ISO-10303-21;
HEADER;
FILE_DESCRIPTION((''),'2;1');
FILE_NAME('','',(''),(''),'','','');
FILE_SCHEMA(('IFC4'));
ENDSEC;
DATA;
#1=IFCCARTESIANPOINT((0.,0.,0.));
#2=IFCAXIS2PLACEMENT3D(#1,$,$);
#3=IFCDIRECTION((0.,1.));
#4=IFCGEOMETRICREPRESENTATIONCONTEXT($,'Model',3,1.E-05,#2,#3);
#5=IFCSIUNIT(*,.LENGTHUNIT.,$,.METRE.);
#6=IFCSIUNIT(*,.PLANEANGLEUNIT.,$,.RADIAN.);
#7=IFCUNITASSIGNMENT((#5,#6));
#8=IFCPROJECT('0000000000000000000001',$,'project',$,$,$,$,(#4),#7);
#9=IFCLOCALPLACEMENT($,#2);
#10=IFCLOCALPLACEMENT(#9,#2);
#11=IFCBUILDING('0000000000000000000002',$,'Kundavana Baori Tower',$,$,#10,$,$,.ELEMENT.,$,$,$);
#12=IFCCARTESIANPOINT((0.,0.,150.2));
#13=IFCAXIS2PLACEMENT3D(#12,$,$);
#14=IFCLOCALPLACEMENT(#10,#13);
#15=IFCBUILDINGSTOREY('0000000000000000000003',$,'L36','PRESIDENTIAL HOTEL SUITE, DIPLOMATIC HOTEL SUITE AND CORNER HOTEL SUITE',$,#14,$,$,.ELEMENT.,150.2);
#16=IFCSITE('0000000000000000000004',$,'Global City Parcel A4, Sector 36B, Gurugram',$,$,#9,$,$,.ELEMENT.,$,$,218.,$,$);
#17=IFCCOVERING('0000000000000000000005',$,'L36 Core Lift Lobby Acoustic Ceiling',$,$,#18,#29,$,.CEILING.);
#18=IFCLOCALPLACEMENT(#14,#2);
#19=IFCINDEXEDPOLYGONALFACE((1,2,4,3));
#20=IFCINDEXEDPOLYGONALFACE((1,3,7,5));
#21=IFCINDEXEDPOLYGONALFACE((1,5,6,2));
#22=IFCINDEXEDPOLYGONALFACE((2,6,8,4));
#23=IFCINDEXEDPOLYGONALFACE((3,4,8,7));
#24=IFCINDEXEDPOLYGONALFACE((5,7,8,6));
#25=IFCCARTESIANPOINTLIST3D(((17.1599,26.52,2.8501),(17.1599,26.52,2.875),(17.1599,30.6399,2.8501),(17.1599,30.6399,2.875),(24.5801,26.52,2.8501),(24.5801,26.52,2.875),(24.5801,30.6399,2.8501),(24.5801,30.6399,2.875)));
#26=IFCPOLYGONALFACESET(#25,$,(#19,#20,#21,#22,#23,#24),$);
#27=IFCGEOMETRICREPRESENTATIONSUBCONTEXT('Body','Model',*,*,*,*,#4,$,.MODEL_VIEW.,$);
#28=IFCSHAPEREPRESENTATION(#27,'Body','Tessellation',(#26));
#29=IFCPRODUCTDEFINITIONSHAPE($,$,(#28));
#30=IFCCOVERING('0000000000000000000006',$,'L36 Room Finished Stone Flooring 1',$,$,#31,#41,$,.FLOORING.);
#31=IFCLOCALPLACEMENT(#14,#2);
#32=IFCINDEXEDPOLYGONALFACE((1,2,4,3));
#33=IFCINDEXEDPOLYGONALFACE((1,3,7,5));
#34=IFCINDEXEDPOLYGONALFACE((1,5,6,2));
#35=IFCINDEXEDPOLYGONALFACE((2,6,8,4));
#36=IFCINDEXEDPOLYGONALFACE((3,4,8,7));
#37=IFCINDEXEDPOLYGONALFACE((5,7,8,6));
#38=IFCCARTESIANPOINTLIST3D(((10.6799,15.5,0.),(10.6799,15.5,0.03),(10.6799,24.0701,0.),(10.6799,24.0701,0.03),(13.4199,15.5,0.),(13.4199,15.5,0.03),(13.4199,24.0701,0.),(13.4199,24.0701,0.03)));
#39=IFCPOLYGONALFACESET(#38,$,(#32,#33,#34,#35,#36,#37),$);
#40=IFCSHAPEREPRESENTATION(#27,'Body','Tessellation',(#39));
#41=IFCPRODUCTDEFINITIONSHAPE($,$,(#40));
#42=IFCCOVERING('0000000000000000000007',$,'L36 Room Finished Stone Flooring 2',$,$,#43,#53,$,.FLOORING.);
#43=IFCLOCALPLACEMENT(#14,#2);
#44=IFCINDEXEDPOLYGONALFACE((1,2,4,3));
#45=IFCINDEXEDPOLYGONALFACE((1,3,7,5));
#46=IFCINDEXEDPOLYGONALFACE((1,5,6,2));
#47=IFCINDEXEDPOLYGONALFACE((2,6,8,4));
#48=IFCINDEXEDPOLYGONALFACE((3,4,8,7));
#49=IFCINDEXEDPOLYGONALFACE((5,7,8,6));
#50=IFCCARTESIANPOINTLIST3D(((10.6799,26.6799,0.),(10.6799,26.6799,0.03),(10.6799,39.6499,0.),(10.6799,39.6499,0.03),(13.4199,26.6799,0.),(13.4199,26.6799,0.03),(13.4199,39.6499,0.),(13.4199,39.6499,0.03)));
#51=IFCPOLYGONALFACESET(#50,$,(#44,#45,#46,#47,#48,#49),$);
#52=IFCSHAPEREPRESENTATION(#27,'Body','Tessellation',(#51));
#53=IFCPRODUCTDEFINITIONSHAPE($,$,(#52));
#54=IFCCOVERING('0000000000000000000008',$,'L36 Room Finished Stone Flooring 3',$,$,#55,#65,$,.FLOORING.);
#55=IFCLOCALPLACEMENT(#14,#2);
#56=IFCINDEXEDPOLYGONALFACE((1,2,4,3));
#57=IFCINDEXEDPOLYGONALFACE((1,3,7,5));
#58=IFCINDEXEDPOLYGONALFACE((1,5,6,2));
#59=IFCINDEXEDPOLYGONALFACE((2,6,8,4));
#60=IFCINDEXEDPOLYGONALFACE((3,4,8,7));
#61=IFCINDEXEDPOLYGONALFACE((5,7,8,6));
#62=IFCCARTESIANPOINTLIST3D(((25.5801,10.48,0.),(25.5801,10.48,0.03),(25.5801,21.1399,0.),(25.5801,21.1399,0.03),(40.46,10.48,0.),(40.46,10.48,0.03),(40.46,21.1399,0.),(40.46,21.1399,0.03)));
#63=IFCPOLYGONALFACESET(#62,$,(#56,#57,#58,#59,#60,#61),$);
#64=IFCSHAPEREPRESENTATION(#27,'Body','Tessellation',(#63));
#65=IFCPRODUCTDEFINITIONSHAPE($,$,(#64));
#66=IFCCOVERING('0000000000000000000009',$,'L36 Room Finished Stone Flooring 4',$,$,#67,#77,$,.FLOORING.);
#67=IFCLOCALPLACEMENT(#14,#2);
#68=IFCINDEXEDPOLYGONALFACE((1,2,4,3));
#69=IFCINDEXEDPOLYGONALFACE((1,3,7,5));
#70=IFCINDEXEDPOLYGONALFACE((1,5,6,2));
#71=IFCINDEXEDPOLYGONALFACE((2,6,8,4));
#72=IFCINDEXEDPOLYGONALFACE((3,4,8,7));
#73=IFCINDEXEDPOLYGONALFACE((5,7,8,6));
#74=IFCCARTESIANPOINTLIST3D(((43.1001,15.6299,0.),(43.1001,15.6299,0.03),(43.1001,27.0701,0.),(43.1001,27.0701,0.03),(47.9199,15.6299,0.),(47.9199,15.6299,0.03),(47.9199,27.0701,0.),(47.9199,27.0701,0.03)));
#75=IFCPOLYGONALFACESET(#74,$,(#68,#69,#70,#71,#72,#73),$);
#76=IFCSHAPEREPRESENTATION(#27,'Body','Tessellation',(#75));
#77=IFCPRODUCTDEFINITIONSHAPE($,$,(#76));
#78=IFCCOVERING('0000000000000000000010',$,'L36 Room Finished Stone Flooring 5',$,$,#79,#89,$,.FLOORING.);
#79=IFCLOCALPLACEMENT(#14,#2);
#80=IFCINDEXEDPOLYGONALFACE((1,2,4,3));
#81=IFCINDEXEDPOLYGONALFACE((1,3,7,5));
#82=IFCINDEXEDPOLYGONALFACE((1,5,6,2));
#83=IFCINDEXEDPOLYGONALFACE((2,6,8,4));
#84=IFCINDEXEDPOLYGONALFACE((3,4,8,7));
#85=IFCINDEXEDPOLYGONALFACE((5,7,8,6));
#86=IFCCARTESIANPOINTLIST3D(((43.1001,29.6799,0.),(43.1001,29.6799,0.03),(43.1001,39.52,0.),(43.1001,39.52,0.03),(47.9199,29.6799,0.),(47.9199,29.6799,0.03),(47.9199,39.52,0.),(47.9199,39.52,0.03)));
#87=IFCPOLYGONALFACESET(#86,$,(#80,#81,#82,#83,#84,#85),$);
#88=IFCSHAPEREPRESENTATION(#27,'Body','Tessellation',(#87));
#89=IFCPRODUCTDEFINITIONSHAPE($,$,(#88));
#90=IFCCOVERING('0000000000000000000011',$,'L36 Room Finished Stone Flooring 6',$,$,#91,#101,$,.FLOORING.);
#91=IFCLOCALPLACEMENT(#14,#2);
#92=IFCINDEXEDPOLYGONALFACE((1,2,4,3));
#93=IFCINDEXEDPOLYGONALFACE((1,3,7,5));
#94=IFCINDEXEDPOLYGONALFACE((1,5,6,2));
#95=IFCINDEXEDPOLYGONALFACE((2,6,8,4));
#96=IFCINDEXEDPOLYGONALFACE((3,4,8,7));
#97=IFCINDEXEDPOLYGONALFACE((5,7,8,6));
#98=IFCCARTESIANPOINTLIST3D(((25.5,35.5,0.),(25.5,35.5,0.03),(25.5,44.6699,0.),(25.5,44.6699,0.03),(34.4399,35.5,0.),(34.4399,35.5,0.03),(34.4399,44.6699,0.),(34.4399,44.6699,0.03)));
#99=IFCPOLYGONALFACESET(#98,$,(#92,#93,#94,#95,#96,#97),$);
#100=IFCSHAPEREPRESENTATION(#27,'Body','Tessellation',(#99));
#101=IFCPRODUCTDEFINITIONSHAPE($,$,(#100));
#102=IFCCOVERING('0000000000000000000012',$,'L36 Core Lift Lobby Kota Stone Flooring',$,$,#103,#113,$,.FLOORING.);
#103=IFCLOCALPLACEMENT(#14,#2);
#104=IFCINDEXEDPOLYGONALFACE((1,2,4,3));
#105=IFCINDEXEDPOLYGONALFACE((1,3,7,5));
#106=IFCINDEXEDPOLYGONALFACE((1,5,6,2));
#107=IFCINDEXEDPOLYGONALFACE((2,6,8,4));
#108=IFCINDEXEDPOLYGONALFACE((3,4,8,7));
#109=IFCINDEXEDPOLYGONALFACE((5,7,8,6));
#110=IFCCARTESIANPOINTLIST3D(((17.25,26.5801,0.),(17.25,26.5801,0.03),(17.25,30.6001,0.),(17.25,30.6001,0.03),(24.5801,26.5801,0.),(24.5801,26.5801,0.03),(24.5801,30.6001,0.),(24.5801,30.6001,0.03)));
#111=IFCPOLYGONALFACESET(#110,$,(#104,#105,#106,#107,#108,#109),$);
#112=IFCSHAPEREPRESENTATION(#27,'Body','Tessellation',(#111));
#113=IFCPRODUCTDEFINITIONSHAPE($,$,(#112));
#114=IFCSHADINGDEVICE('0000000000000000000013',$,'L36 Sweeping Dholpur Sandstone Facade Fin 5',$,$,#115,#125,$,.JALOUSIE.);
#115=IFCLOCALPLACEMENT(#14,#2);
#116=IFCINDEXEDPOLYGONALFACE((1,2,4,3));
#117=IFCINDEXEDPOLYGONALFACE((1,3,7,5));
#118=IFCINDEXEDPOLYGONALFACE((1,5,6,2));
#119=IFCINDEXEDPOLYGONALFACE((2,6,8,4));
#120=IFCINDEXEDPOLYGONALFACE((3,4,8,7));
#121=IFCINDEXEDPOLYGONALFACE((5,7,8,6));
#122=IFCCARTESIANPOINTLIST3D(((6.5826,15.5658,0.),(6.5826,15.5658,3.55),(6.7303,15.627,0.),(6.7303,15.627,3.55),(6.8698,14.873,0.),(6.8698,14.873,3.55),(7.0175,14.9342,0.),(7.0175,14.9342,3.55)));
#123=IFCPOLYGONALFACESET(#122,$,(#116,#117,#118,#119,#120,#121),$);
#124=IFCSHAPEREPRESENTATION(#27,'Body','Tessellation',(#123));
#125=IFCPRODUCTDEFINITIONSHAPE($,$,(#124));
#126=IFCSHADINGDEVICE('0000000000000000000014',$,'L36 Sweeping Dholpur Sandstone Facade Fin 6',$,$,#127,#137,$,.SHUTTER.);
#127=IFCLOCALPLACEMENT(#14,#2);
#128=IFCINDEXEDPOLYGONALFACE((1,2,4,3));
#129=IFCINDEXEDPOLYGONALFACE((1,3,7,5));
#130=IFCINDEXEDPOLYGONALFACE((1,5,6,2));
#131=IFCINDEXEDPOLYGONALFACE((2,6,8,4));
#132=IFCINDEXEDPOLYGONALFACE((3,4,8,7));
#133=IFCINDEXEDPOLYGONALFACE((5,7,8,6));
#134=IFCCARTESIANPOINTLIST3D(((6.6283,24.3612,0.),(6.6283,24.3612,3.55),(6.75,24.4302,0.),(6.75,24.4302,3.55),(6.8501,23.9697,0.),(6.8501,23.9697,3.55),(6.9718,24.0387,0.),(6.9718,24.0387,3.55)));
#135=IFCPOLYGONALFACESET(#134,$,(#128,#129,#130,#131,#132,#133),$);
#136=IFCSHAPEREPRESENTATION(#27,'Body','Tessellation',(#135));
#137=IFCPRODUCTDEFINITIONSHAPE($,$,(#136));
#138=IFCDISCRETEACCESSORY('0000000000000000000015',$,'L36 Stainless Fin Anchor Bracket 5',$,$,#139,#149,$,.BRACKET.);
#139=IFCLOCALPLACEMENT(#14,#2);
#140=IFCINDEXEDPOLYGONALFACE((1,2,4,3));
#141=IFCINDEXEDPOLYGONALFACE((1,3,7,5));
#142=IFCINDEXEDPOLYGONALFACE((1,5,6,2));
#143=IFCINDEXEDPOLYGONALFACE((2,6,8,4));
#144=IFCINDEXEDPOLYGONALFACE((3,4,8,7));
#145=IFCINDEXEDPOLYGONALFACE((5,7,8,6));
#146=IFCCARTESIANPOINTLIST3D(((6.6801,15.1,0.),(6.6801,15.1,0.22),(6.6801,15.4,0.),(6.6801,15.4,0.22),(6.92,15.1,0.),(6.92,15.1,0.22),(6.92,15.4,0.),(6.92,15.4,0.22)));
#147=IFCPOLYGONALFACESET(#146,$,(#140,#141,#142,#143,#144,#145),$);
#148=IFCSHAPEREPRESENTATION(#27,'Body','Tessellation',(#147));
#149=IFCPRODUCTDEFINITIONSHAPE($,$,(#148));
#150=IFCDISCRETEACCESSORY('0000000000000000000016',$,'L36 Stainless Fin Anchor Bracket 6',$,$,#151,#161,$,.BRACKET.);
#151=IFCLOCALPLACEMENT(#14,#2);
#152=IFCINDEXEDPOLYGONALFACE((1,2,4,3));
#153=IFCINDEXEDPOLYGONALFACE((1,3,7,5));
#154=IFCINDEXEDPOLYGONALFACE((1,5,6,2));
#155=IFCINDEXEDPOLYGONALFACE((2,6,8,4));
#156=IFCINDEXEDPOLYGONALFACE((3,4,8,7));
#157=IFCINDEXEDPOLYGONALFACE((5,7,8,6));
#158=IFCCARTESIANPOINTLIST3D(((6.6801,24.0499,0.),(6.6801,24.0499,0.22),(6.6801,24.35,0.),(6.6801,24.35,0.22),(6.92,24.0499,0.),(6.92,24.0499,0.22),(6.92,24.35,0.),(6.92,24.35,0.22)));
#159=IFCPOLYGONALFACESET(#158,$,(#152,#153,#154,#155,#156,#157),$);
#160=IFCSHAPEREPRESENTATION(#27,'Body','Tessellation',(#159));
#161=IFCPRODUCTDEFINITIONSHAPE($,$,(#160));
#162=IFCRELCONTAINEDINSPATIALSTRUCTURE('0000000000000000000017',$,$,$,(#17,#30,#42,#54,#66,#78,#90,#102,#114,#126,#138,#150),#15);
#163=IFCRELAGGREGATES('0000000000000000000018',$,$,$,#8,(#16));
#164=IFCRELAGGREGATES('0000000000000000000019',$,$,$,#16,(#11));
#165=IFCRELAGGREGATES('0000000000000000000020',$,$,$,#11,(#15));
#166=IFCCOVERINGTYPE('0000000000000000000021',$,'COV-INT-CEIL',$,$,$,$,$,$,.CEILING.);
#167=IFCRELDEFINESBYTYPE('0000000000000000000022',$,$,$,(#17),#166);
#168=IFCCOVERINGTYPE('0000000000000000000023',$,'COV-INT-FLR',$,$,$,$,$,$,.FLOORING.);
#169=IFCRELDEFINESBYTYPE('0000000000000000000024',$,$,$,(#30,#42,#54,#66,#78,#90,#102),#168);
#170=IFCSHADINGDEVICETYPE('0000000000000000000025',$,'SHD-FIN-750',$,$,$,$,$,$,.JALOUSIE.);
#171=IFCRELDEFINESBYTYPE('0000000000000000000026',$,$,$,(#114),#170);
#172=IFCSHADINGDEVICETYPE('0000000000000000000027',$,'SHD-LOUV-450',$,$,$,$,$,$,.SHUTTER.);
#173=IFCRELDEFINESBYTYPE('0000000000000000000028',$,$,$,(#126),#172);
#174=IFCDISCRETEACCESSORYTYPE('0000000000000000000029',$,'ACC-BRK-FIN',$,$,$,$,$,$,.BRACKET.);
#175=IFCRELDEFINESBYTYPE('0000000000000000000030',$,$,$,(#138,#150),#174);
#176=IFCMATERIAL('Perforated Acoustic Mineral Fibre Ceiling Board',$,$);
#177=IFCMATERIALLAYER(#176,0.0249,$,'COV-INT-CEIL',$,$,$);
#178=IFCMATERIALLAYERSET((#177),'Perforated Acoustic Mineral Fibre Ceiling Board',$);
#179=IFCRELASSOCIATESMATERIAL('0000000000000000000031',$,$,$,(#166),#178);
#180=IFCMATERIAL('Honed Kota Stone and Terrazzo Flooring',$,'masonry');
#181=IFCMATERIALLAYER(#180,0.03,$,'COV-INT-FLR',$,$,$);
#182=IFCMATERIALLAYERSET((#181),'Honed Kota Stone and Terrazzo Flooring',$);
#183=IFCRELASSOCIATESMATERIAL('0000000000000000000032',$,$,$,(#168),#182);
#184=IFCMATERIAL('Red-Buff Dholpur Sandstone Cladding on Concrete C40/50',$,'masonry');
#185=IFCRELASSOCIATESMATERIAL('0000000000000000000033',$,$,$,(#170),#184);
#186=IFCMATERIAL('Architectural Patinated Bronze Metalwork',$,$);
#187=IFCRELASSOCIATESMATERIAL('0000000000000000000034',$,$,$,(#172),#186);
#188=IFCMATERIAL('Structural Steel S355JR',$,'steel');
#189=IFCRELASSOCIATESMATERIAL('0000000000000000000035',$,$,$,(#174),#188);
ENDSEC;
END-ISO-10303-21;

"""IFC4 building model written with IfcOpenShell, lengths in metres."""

from ifc_helpers import new_model, si_unit, direction, frame, origin, origin_2d, place, context, subcontext, project, spatial, polyline, rectangle, outline, extrude, material, layer, layer_set, type_object, element, save


model = new_model("IFC4")

# Units and contexts
model_context = context("Model", 3, precision=1e-05, world=origin(), true_north=direction((0.0, 1.0)))
body_context = subcontext(model_context, "Body", "Model", "MODEL_VIEW")
ifc_project = project(units=[si_unit("LENGTHUNIT", "METRE"), si_unit("PLANEANGLEUNIT", "RADIAN")], contexts=[model_context])

# Site, building, storey
site_placement = place(None, origin())
site = spatial("IfcSite", under=ifc_project, at=site_placement, Name="Global City Parcel A4, Sector 36B, Gurugram", CompositionType="ELEMENT", RefElevation=218.0)
building_placement = place(site_placement, origin())
building = spatial("IfcBuilding", under=site, at=building_placement, Name="Kundavana Baori Tower", CompositionType="ELEMENT")
storey_placement = place(building_placement, frame((0.0, 0.0, 150.2)))
storey = spatial("IfcBuildingStorey", under=building, at=storey_placement, Name="L36", Description="PRESIDENTIAL HOTEL SUITE, DIPLOMATIC HOTEL SUITE AND CORNER HOTEL SUITE", CompositionType="ELEMENT", Elevation=150.2)

# Coverings
ifc_material_1 = material(Name="Perforated Acoustic Mineral Fibre Ceiling Board")
ifc_layer_1 = layer(ifc_material_1, 0.0249, Name="COV-INT-CEIL")
ifc_layer_set_1 = layer_set([ifc_layer_1], Name="Perforated Acoustic Mineral Fibre Ceiling Board")
covering_type_1 = type_object("IfcCoveringType", Name="COV-INT-CEIL", PredefinedType="CEILING", material=ifc_layer_set_1)
covering_1_placement = place(storey_placement, frame((0.0, 0.0, 2.8501)))
element("IfcCovering", 1, at=covering_1_placement, inside=storey, type_object=covering_type_1, Name="L36 Core Lift Lobby Acoustic Ceiling", PredefinedType="CEILING", context=body_context, shape_type="SweptSolid", body=[
    extrude(outline(polyline([(17.1599, 26.52), (24.5801, 26.52), (24.5801, 30.6399), (17.1599, 30.6399), (17.1599, 26.52)])), origin(), (0.0, 0.0, 1.0), 0.0249),
])
ifc_material_2 = material(Name="Honed Kota Stone and Terrazzo Flooring", Category="masonry")
ifc_layer_2 = layer(ifc_material_2, 0.03, Name="COV-INT-FLR")
ifc_layer_set_2 = layer_set([ifc_layer_2], Name="Honed Kota Stone and Terrazzo Flooring")
covering_type_2 = type_object("IfcCoveringType", Name="COV-INT-FLR", PredefinedType="FLOORING", material=ifc_layer_set_2)
covering_2_placement = place(storey_placement, origin())
element("IfcCovering", 2, at=covering_2_placement, inside=storey, type_object=covering_type_2, Name="L36 Room Finished Stone Flooring 1", PredefinedType="FLOORING", context=body_context, shape_type="SweptSolid", body=[
    extrude(outline(polyline([(10.6799, 15.5), (13.4199, 15.5), (13.4199, 24.0701), (10.6799, 24.0701), (10.6799, 15.5)])), origin(), (0.0, 0.0, 1.0), 0.03),
])
covering_3_placement = place(storey_placement, origin())
element("IfcCovering", 3, at=covering_3_placement, inside=storey, type_object=covering_type_2, Name="L36 Room Finished Stone Flooring 2", PredefinedType="FLOORING", context=body_context, shape_type="SweptSolid", body=[
    extrude(outline(polyline([(10.6799, 26.6799), (13.4199, 26.6799), (13.4199, 39.6499), (10.6799, 39.6499), (10.6799, 26.6799)])), origin(), (0.0, 0.0, 1.0), 0.03),
])
covering_4_placement = place(storey_placement, origin())
element("IfcCovering", 4, at=covering_4_placement, inside=storey, type_object=covering_type_2, Name="L36 Room Finished Stone Flooring 3", PredefinedType="FLOORING", context=body_context, shape_type="SweptSolid", body=[
    extrude(outline(polyline([(25.5801, 10.48), (40.46, 10.48), (40.46, 21.1399), (25.5801, 21.1399), (25.5801, 10.48)])), origin(), (0.0, 0.0, 1.0), 0.03),
])
covering_5_placement = place(storey_placement, origin())
element("IfcCovering", 5, at=covering_5_placement, inside=storey, type_object=covering_type_2, Name="L36 Room Finished Stone Flooring 4", PredefinedType="FLOORING", context=body_context, shape_type="SweptSolid", body=[
    extrude(outline(polyline([(43.1001, 15.6299), (47.9199, 15.6299), (47.9199, 27.0701), (43.1001, 27.0701), (43.1001, 15.6299)])), origin(), (0.0, 0.0, 1.0), 0.03),
])
covering_6_placement = place(storey_placement, origin())
element("IfcCovering", 6, at=covering_6_placement, inside=storey, type_object=covering_type_2, Name="L36 Room Finished Stone Flooring 5", PredefinedType="FLOORING", context=body_context, shape_type="SweptSolid", body=[
    extrude(outline(polyline([(43.1001, 29.6799), (47.9199, 29.6799), (47.9199, 39.52), (43.1001, 39.52), (43.1001, 29.6799)])), origin(), (0.0, 0.0, 1.0), 0.03),
])
covering_7_placement = place(storey_placement, origin())
element("IfcCovering", 7, at=covering_7_placement, inside=storey, type_object=covering_type_2, Name="L36 Room Finished Stone Flooring 6", PredefinedType="FLOORING", context=body_context, shape_type="SweptSolid", body=[
    extrude(outline(polyline([(25.5, 35.5), (34.4399, 35.5), (34.4399, 44.6699), (25.5, 44.6699), (25.5, 35.5)])), origin(), (0.0, 0.0, 1.0), 0.03),
])
covering_8_placement = place(storey_placement, origin())
element("IfcCovering", 8, at=covering_8_placement, inside=storey, type_object=covering_type_2, Name="L36 Core Lift Lobby Kota Stone Flooring", PredefinedType="FLOORING", context=body_context, shape_type="SweptSolid", body=[
    extrude(outline(polyline([(17.25, 26.5801), (24.5801, 26.5801), (24.5801, 30.6001), (17.25, 30.6001), (17.25, 26.5801)])), origin(), (0.0, 0.0, 1.0), 0.03),
])

# Shading devices
ifc_material_3 = material(Name="Red-Buff Dholpur Sandstone Cladding on Concrete C40/50", Category="masonry")
shading_device_type_1 = type_object("IfcShadingDeviceType", Name="SHD-FIN-750", PredefinedType="JALOUSIE", material=ifc_material_3)
shading_device_1_placement = place(storey_placement, frame((6.8, 15.25, 0.0), z_axis=(0.0, 0.0, 1.0), x_axis=(0.923813, 0.382845, 0.0)))
element("IfcShadingDevice", 9, at=shading_device_1_placement, inside=storey, type_object=shading_device_type_1, Name="L36 Sweeping Dholpur Sandstone Facade Fin 5", PredefinedType="JALOUSIE", context=body_context, shape_type="SweptSolid", body=[
    extrude(rectangle(XDim=0.1599, YDim=0.75, at=origin_2d()), origin(), (0.0, 0.0, 1.0), 3.55),
])
ifc_material_4 = material(Name="Architectural Patinated Bronze Metalwork")
shading_device_type_2 = type_object("IfcShadingDeviceType", Name="SHD-LOUV-450", PredefinedType="SHUTTER", material=ifc_material_4)
shading_device_2_placement = place(storey_placement, frame((6.8, 24.2, 0.0), z_axis=(0.0, 0.0, 1.0), x_axis=(0.870098, 0.492879, 0.0)))
element("IfcShadingDevice", 10, at=shading_device_2_placement, inside=storey, type_object=shading_device_type_2, Name="L36 Sweeping Dholpur Sandstone Facade Fin 6", PredefinedType="SHUTTER", context=body_context, shape_type="SweptSolid", body=[
    extrude(rectangle(XDim=0.1399, YDim=0.45, at=origin_2d()), origin(), (0.0, 0.0, 1.0), 3.55),
])

# Discrete accessories
ifc_material_5 = material(Name="Structural Steel S355JR", Category="steel")
discrete_accessory_type = type_object("IfcDiscreteAccessoryType", Name="ACC-BRK-FIN", PredefinedType="BRACKET", material=ifc_material_5)
for number, where, z_axis, x_axis, name in (
    (11, (6.8, 15.25, 0.0), (0.0, 0.0, 1.0), (1.0, 0.0, 0.0), "L36 Stainless Fin Anchor Bracket 5"),
    (12, (6.8, 24.2, 0.0), (0.0, 0.0, 1.0), (1.0, 0.0, 0.0), "L36 Stainless Fin Anchor Bracket 6"),
):
    element("IfcDiscreteAccessory", number, at=place(storey_placement, frame(where, z_axis=z_axis, x_axis=x_axis)), inside=storey, type_object=discrete_accessory_type, Name=name, PredefinedType="BRACKET", context=body_context, shape_type="SweptSolid", body=[
        extrude(rectangle(XDim=0.24, YDim=0.3, at=origin_2d()), origin(), (0.0, 0.0, 1.0), 0.22),
    ])

save(model, "model.ifc")
